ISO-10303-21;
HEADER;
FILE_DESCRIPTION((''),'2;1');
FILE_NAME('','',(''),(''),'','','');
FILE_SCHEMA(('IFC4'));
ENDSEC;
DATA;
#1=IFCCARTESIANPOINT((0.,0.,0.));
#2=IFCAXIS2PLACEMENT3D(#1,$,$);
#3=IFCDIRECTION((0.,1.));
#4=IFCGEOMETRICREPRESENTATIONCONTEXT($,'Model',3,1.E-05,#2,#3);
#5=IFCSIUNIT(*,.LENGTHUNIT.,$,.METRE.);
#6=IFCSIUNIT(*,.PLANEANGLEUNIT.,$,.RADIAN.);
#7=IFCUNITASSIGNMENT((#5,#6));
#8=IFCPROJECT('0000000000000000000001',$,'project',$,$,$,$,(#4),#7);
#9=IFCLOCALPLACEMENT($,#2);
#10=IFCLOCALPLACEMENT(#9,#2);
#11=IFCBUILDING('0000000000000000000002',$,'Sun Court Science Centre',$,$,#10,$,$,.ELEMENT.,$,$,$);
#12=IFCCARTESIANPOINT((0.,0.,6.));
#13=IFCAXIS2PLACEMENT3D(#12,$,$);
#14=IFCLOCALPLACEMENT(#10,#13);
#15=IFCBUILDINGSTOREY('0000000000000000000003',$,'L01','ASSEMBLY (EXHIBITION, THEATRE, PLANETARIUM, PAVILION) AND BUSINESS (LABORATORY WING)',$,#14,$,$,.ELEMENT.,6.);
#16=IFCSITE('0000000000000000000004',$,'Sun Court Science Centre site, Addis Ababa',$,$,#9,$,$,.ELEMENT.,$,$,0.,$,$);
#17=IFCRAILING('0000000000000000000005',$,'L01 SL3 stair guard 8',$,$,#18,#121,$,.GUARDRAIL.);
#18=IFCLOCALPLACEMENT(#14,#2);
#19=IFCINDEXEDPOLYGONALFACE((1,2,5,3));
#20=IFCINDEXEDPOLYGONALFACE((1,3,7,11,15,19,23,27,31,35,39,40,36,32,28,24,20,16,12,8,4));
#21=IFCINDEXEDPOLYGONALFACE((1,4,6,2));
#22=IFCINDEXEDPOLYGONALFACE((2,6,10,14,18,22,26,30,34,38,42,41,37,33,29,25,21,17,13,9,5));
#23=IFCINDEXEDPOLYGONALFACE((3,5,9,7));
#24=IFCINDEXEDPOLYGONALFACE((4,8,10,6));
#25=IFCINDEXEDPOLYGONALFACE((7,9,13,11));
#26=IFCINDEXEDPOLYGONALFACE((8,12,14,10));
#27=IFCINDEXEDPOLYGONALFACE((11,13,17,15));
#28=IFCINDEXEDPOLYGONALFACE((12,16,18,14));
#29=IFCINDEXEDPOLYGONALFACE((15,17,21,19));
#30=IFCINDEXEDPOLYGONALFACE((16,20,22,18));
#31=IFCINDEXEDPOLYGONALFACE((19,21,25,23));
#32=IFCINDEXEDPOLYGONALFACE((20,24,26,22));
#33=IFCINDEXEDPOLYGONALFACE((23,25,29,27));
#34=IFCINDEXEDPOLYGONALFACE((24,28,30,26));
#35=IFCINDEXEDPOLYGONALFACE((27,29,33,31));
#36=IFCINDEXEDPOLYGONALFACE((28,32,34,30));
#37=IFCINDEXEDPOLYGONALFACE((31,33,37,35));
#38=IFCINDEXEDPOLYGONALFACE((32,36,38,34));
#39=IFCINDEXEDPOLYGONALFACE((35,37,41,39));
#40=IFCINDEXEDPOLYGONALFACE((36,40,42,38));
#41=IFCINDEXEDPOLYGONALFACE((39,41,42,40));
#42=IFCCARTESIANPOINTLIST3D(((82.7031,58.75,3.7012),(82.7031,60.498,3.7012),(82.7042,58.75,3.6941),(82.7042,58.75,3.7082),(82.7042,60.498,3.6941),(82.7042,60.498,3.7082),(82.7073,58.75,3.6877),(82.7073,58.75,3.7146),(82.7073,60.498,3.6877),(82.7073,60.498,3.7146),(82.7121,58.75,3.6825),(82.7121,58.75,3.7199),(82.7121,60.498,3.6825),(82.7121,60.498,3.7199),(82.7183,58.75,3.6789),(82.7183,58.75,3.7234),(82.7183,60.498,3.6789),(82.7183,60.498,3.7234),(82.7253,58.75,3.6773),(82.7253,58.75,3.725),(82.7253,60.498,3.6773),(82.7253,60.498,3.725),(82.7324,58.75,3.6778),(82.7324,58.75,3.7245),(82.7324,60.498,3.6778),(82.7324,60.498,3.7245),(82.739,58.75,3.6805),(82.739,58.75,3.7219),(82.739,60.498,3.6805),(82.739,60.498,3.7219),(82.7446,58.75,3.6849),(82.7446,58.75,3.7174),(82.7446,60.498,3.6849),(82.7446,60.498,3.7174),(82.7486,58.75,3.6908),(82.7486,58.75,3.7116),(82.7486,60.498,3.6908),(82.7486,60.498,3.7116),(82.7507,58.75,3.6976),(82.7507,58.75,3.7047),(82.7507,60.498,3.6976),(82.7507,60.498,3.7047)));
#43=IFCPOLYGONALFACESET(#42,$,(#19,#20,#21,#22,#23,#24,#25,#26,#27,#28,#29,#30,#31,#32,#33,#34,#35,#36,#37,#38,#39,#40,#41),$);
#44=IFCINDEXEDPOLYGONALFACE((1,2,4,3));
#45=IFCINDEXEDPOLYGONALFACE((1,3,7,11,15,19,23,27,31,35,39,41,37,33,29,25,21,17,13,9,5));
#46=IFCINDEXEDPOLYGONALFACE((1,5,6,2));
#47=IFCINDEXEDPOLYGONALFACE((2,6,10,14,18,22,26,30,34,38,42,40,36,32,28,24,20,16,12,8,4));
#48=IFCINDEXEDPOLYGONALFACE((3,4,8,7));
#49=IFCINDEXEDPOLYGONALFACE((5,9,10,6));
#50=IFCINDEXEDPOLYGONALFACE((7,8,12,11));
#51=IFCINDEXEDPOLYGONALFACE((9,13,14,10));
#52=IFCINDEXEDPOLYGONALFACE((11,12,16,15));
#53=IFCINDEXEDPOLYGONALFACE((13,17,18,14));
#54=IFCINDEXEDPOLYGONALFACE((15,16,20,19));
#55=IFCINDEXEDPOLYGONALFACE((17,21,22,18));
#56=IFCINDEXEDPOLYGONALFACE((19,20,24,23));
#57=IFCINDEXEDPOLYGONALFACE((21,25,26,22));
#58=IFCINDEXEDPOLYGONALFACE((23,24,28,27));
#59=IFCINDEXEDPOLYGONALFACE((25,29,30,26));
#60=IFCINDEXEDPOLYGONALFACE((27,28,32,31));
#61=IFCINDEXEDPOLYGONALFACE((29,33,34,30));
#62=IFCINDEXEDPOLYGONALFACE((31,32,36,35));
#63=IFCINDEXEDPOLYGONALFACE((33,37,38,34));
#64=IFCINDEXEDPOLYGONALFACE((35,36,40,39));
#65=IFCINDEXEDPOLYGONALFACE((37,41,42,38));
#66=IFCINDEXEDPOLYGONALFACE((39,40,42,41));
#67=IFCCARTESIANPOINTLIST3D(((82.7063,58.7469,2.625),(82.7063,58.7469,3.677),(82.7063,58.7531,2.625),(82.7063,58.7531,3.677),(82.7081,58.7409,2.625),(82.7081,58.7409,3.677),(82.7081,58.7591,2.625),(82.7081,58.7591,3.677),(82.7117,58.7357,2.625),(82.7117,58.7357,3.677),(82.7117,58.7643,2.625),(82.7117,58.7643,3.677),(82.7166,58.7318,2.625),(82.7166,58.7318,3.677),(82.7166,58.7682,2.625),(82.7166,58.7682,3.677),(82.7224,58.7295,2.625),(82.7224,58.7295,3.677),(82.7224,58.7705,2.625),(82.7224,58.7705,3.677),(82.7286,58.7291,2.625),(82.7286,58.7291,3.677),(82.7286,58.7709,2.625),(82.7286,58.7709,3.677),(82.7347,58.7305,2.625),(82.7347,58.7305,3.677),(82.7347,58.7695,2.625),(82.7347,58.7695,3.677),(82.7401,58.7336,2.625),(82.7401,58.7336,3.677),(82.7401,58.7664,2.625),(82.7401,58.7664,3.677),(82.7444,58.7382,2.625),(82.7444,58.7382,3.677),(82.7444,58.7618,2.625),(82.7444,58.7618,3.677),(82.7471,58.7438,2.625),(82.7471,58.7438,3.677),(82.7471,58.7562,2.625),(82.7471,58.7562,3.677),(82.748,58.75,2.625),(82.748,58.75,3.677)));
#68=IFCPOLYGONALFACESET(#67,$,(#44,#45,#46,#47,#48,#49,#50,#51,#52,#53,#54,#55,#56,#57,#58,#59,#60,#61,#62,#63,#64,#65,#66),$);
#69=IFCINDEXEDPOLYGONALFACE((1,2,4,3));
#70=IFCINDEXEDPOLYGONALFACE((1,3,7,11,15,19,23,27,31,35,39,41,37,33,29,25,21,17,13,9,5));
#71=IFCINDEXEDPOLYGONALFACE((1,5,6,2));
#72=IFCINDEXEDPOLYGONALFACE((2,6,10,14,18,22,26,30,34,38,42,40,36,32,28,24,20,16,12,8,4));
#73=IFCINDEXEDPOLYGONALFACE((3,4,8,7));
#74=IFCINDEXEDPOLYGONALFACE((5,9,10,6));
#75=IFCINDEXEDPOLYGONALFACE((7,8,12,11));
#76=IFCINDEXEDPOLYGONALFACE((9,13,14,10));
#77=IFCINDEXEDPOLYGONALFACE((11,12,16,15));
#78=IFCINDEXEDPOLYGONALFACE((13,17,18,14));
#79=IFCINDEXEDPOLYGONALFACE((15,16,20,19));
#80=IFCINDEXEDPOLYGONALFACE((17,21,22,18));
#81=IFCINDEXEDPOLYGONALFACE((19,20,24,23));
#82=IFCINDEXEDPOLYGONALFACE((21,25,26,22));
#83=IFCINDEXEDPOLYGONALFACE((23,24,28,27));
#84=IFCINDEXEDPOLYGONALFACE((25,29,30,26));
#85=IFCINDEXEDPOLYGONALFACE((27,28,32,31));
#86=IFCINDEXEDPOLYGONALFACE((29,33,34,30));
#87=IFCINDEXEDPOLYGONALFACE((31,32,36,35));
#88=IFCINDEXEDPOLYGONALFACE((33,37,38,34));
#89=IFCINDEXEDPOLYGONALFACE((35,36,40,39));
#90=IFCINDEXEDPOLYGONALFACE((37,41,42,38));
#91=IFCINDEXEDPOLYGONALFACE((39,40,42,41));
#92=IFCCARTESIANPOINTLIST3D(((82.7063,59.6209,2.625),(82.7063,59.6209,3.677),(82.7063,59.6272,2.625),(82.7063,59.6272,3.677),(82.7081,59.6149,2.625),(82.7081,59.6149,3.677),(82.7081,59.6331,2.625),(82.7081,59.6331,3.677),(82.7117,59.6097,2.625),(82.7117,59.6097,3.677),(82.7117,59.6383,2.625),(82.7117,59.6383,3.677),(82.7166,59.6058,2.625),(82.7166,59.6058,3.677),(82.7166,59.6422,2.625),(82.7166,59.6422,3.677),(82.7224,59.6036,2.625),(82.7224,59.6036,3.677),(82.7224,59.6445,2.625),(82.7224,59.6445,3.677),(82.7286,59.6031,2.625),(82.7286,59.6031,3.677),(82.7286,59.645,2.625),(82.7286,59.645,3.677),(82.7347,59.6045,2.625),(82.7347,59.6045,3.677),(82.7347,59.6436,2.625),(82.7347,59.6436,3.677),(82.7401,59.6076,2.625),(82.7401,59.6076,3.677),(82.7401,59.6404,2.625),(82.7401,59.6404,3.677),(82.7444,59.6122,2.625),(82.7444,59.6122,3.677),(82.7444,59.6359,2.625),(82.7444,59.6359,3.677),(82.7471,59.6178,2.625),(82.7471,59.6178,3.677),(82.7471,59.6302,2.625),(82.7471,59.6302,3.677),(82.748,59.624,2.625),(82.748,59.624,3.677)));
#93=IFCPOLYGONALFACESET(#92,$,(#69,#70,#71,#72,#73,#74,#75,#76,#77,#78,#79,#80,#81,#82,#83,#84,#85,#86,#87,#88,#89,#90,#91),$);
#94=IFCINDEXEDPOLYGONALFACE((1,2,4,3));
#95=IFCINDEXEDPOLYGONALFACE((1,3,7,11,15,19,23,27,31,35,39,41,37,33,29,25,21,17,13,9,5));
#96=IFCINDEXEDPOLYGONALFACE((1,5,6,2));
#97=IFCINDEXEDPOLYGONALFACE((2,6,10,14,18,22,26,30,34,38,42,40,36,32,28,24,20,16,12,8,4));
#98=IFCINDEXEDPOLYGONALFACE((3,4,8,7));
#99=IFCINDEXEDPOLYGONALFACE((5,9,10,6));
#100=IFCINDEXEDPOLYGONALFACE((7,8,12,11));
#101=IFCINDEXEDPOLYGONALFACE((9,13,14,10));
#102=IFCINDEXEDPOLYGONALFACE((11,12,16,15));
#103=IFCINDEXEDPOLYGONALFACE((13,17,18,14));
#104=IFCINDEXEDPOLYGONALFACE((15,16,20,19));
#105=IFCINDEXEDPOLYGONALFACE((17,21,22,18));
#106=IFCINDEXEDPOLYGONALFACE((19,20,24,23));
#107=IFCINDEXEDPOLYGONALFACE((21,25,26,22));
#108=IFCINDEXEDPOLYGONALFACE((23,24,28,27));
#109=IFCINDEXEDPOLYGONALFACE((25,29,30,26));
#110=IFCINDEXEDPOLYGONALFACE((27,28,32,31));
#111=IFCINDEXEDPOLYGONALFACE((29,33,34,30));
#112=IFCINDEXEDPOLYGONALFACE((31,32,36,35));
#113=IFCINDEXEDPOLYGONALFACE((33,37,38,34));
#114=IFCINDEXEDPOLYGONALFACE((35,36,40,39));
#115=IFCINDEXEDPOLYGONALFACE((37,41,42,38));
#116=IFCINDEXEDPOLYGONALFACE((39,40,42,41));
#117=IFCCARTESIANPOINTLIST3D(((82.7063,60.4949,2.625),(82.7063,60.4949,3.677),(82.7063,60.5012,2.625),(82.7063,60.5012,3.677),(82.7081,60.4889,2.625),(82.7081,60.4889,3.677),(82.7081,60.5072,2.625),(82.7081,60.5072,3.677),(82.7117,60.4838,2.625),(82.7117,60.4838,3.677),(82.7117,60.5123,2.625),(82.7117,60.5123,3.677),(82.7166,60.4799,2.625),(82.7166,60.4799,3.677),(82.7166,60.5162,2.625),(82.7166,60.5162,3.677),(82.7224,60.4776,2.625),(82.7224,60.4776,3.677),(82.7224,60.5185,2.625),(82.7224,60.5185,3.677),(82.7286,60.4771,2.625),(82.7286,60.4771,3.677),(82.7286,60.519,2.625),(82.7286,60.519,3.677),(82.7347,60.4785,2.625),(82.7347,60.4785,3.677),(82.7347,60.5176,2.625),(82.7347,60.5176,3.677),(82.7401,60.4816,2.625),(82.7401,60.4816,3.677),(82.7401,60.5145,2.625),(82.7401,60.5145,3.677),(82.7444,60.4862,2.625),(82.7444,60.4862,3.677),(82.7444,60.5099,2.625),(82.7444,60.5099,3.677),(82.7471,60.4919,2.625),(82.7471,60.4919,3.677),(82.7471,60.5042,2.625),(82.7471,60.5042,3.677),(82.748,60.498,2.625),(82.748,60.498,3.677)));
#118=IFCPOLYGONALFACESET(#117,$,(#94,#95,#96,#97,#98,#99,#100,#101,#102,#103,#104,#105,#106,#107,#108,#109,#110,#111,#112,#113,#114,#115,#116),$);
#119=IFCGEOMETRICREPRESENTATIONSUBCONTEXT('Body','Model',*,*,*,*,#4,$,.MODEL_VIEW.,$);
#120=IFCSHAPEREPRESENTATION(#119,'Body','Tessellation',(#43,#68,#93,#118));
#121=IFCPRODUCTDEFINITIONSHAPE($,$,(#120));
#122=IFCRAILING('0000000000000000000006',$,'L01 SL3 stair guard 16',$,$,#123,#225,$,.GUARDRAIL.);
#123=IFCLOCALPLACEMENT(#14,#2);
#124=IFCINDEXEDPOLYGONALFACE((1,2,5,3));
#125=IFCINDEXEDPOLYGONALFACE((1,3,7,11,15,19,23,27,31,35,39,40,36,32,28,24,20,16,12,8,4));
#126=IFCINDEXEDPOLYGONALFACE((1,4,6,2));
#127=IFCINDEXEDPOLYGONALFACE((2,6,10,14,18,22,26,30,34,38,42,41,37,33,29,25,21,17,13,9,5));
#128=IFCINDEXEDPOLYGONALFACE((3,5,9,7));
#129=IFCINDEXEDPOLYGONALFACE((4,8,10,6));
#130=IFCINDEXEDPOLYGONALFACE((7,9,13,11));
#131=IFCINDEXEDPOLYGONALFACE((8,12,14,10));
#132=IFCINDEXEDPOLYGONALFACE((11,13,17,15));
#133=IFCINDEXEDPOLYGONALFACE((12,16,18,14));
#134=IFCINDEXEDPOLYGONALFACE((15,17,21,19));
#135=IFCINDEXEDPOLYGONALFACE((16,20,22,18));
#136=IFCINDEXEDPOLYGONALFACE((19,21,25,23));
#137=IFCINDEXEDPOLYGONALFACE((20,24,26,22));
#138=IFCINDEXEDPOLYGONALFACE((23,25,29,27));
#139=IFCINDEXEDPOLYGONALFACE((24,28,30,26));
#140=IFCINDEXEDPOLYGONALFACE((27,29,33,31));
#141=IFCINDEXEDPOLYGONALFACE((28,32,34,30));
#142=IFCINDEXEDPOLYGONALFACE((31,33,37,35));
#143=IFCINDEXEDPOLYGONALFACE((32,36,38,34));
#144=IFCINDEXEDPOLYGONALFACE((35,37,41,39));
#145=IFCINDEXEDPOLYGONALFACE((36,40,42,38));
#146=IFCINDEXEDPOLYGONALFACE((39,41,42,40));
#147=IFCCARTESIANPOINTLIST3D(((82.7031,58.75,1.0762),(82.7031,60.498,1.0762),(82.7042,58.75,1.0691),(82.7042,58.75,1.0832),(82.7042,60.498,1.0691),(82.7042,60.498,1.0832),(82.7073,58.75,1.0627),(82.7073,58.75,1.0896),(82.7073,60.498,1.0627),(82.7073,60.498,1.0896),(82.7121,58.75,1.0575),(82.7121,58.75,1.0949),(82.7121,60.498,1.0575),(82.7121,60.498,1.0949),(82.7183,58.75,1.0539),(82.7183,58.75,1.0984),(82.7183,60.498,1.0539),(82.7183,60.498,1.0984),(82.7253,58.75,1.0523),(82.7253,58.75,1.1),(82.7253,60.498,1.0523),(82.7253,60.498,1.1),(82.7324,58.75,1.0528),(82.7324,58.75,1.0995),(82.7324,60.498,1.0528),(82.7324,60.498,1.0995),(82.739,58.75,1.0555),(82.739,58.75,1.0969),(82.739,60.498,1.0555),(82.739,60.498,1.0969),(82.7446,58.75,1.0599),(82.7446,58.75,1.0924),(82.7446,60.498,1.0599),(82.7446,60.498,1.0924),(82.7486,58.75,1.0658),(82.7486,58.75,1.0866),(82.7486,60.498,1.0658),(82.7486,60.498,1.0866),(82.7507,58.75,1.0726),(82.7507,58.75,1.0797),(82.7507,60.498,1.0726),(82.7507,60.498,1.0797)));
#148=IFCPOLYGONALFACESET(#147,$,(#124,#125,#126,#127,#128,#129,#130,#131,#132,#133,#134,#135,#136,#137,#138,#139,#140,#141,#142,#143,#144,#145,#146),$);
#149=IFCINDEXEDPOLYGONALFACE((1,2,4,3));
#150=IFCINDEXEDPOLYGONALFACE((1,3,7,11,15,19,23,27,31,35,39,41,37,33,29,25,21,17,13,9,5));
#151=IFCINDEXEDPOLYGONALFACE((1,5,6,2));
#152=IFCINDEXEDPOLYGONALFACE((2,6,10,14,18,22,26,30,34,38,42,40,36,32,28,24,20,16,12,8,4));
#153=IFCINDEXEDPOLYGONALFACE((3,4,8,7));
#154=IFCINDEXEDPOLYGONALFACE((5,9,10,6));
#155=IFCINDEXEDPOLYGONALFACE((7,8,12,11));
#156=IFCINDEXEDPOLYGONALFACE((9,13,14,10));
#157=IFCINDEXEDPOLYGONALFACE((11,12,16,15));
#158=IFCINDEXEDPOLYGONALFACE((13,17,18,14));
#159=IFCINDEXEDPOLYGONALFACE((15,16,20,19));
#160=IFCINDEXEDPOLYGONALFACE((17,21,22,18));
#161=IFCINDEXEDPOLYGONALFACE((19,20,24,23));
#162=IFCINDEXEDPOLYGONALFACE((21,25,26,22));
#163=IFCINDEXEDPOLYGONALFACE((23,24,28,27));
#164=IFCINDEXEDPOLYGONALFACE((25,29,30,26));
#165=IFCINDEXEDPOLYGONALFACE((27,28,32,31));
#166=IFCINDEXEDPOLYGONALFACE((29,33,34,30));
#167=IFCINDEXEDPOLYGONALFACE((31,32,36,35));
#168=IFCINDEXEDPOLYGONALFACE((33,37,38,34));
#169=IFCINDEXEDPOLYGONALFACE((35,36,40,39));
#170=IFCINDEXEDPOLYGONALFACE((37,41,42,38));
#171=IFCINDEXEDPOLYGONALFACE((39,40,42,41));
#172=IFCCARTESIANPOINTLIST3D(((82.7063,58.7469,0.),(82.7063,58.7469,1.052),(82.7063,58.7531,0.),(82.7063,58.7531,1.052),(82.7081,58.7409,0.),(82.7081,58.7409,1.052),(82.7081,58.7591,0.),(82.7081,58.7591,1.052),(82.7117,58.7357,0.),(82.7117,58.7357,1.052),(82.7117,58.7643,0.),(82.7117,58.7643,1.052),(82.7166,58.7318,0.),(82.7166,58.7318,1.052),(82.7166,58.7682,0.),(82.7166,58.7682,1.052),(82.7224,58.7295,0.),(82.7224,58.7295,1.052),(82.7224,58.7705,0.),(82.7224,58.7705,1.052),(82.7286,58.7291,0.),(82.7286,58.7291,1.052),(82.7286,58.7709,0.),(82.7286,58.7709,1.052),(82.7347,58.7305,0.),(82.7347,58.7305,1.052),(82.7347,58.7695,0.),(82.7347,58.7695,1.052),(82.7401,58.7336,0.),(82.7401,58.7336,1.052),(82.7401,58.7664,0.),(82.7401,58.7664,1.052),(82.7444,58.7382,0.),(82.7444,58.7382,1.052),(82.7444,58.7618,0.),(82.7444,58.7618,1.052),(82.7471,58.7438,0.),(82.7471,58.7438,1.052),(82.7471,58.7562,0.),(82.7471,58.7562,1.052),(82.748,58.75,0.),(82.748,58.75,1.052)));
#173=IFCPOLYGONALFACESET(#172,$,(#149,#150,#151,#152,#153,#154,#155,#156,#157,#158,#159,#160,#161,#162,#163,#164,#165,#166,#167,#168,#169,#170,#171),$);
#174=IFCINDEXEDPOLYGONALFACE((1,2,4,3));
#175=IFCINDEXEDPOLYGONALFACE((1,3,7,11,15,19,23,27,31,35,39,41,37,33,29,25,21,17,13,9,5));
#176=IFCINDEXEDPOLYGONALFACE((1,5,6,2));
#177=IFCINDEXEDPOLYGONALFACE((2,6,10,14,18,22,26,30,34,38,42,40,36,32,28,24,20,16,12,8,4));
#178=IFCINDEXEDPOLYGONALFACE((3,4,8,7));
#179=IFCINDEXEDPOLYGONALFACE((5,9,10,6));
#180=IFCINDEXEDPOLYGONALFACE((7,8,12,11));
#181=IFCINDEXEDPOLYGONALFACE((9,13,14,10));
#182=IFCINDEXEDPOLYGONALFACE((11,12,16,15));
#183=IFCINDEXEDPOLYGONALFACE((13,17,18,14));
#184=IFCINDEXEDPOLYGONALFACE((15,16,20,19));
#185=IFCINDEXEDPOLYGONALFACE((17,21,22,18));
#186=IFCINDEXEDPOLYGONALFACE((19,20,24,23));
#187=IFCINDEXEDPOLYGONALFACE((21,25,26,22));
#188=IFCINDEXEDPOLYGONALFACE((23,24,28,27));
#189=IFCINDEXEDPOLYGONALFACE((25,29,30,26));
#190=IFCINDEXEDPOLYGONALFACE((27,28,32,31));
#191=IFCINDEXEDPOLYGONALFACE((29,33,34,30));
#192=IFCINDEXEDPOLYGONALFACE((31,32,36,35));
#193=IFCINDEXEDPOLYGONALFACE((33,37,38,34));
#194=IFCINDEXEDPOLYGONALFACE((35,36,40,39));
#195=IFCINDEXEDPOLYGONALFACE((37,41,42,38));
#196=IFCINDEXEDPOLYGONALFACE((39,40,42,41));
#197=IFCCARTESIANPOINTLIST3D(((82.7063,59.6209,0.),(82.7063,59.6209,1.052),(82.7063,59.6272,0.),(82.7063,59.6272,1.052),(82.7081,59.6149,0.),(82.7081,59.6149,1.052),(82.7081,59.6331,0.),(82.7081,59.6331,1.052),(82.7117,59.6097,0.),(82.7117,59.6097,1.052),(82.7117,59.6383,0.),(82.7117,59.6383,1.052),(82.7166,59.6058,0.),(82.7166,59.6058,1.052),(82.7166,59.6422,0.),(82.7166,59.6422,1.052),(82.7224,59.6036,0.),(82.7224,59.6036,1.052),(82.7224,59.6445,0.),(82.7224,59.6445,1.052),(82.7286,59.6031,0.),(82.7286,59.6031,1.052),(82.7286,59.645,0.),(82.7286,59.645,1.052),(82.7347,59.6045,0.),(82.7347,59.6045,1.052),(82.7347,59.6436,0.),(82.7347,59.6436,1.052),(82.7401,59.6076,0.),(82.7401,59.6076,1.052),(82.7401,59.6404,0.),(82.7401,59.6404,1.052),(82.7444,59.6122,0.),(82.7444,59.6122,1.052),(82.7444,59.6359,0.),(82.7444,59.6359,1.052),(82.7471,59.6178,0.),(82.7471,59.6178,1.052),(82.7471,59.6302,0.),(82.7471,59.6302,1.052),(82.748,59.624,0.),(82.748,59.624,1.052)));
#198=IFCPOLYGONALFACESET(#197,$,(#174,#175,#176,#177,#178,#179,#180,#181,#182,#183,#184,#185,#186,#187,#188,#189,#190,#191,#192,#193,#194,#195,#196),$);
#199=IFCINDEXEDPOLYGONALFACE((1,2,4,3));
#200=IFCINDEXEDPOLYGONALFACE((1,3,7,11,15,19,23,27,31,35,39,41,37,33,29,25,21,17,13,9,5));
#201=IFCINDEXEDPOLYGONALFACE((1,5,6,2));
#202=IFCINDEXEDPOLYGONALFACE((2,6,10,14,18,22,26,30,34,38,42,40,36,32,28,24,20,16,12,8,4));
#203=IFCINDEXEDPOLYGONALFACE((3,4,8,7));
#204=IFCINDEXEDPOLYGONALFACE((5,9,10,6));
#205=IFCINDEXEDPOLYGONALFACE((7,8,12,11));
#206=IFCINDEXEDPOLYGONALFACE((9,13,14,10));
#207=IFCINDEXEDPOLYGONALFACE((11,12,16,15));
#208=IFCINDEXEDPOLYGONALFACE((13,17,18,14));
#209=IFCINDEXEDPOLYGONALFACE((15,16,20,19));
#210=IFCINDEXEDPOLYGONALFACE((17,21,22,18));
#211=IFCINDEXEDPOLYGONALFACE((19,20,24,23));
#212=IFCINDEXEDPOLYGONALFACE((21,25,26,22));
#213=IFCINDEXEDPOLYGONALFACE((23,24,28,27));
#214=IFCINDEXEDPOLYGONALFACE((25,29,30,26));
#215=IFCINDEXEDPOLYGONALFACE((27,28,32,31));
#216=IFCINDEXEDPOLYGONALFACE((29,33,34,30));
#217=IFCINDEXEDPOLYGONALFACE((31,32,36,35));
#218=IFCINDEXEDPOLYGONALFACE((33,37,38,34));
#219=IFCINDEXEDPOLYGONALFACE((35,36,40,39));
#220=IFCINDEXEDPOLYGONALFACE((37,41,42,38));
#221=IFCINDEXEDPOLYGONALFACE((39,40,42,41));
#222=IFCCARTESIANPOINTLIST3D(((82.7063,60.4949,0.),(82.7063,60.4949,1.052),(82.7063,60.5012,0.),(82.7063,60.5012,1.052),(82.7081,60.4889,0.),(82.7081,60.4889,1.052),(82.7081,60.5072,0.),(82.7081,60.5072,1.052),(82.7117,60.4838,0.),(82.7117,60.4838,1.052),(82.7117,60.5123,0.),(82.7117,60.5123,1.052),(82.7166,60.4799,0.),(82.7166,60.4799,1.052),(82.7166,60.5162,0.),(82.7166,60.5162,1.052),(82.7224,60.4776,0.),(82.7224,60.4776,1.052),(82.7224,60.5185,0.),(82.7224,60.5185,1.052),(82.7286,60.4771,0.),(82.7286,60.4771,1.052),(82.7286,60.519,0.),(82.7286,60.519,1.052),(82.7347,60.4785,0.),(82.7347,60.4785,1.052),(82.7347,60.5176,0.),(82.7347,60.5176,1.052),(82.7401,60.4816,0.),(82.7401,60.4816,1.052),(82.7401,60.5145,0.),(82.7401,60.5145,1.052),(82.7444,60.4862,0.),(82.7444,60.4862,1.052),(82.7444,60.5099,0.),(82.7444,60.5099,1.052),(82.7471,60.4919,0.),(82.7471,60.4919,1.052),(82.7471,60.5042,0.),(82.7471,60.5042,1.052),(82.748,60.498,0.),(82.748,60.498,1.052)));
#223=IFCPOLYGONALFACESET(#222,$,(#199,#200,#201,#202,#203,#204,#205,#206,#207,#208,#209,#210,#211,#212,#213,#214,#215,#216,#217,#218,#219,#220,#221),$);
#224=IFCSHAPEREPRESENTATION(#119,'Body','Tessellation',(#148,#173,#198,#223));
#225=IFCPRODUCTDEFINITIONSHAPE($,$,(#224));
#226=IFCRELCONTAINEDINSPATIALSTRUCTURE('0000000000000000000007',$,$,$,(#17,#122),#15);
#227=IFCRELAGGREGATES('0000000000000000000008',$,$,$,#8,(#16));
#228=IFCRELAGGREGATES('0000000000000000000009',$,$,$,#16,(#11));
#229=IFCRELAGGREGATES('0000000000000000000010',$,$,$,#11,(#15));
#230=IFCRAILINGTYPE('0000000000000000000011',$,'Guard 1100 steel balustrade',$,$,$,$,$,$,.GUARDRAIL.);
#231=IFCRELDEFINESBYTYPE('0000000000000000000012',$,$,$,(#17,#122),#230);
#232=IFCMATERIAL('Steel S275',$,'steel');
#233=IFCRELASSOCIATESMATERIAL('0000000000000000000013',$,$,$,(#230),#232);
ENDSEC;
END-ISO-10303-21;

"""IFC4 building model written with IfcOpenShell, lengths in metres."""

from ifc_helpers import new_model, si_unit, direction, frame, origin, origin_2d, place, context, subcontext, project, spatial, circle, extrude, material, type_object, element, save


model = new_model("IFC4")

# Units and contexts
model_context = context("Model", 3, precision=1e-05, world=origin(), true_north=direction((0.0, 1.0)))
body_context = subcontext(model_context, "Body", "Model", "MODEL_VIEW")
ifc_project = project(units=[si_unit("LENGTHUNIT", "METRE"), si_unit("PLANEANGLEUNIT", "RADIAN")], contexts=[model_context])

# Site, building, storey
site_placement = place(None, origin())
site = spatial("IfcSite", under=ifc_project, at=site_placement, Name="Sun Court Science Centre site, Addis Ababa", CompositionType="ELEMENT", RefElevation=0.0)
building_placement = place(site_placement, origin())
building = spatial("IfcBuilding", under=site, at=building_placement, Name="Sun Court Science Centre", CompositionType="ELEMENT")
storey_placement = place(building_placement, frame((0.0, 0.0, 6.0)))
storey = spatial("IfcBuildingStorey", under=building, at=storey_placement, Name="L01", Description="ASSEMBLY (EXHIBITION, THEATRE, PLANETARIUM, PAVILION) AND BUSINESS (LABORATORY WING)", CompositionType="ELEMENT", Elevation=6.0)

# Railings
ifc_material_1 = material(Name="Steel S275", Category="steel")
railing_type = type_object("IfcRailingType", Name="Guard 1100 steel balustrade", PredefinedType="GUARDRAIL", material=ifc_material_1)
for number, where, name in (
    (1, (82.7271, 58.75, 2.625), "L01 SL3 stair guard 8"),
    (2, (82.7271, 58.75, 0.0), "L01 SL3 stair guard 16"),
):
    element("IfcRailing", number, at=place(storey_placement, frame(where)), inside=storey, type_object=railing_type, Name=name, PredefinedType="GUARDRAIL", context=body_context, shape_type="SweptSolid", body=[
        extrude(circle(Radius=0.0239, at=origin_2d()), frame((0.0, 0.0, 1.0762), z_axis=(0.0, 1.0, 0.0), x_axis=(-1.0, 0.0, 0.0)), (0.0, 0.0, 1.0), 1.748),
        extrude(circle(Radius=0.021, at=origin_2d()), origin(), (0.0, 0.0, 1.0), 1.052),
        extrude(circle(Radius=0.021, at=origin_2d()), frame((0.0, 0.874, 0.0)), (0.0, 0.0, 1.0), 1.052),
        extrude(circle(Radius=0.021, at=origin_2d()), frame((0.0, 1.748, 0.0)), (0.0, 0.0, 1.0), 1.052),
    ])

save(model, "model.ifc")
